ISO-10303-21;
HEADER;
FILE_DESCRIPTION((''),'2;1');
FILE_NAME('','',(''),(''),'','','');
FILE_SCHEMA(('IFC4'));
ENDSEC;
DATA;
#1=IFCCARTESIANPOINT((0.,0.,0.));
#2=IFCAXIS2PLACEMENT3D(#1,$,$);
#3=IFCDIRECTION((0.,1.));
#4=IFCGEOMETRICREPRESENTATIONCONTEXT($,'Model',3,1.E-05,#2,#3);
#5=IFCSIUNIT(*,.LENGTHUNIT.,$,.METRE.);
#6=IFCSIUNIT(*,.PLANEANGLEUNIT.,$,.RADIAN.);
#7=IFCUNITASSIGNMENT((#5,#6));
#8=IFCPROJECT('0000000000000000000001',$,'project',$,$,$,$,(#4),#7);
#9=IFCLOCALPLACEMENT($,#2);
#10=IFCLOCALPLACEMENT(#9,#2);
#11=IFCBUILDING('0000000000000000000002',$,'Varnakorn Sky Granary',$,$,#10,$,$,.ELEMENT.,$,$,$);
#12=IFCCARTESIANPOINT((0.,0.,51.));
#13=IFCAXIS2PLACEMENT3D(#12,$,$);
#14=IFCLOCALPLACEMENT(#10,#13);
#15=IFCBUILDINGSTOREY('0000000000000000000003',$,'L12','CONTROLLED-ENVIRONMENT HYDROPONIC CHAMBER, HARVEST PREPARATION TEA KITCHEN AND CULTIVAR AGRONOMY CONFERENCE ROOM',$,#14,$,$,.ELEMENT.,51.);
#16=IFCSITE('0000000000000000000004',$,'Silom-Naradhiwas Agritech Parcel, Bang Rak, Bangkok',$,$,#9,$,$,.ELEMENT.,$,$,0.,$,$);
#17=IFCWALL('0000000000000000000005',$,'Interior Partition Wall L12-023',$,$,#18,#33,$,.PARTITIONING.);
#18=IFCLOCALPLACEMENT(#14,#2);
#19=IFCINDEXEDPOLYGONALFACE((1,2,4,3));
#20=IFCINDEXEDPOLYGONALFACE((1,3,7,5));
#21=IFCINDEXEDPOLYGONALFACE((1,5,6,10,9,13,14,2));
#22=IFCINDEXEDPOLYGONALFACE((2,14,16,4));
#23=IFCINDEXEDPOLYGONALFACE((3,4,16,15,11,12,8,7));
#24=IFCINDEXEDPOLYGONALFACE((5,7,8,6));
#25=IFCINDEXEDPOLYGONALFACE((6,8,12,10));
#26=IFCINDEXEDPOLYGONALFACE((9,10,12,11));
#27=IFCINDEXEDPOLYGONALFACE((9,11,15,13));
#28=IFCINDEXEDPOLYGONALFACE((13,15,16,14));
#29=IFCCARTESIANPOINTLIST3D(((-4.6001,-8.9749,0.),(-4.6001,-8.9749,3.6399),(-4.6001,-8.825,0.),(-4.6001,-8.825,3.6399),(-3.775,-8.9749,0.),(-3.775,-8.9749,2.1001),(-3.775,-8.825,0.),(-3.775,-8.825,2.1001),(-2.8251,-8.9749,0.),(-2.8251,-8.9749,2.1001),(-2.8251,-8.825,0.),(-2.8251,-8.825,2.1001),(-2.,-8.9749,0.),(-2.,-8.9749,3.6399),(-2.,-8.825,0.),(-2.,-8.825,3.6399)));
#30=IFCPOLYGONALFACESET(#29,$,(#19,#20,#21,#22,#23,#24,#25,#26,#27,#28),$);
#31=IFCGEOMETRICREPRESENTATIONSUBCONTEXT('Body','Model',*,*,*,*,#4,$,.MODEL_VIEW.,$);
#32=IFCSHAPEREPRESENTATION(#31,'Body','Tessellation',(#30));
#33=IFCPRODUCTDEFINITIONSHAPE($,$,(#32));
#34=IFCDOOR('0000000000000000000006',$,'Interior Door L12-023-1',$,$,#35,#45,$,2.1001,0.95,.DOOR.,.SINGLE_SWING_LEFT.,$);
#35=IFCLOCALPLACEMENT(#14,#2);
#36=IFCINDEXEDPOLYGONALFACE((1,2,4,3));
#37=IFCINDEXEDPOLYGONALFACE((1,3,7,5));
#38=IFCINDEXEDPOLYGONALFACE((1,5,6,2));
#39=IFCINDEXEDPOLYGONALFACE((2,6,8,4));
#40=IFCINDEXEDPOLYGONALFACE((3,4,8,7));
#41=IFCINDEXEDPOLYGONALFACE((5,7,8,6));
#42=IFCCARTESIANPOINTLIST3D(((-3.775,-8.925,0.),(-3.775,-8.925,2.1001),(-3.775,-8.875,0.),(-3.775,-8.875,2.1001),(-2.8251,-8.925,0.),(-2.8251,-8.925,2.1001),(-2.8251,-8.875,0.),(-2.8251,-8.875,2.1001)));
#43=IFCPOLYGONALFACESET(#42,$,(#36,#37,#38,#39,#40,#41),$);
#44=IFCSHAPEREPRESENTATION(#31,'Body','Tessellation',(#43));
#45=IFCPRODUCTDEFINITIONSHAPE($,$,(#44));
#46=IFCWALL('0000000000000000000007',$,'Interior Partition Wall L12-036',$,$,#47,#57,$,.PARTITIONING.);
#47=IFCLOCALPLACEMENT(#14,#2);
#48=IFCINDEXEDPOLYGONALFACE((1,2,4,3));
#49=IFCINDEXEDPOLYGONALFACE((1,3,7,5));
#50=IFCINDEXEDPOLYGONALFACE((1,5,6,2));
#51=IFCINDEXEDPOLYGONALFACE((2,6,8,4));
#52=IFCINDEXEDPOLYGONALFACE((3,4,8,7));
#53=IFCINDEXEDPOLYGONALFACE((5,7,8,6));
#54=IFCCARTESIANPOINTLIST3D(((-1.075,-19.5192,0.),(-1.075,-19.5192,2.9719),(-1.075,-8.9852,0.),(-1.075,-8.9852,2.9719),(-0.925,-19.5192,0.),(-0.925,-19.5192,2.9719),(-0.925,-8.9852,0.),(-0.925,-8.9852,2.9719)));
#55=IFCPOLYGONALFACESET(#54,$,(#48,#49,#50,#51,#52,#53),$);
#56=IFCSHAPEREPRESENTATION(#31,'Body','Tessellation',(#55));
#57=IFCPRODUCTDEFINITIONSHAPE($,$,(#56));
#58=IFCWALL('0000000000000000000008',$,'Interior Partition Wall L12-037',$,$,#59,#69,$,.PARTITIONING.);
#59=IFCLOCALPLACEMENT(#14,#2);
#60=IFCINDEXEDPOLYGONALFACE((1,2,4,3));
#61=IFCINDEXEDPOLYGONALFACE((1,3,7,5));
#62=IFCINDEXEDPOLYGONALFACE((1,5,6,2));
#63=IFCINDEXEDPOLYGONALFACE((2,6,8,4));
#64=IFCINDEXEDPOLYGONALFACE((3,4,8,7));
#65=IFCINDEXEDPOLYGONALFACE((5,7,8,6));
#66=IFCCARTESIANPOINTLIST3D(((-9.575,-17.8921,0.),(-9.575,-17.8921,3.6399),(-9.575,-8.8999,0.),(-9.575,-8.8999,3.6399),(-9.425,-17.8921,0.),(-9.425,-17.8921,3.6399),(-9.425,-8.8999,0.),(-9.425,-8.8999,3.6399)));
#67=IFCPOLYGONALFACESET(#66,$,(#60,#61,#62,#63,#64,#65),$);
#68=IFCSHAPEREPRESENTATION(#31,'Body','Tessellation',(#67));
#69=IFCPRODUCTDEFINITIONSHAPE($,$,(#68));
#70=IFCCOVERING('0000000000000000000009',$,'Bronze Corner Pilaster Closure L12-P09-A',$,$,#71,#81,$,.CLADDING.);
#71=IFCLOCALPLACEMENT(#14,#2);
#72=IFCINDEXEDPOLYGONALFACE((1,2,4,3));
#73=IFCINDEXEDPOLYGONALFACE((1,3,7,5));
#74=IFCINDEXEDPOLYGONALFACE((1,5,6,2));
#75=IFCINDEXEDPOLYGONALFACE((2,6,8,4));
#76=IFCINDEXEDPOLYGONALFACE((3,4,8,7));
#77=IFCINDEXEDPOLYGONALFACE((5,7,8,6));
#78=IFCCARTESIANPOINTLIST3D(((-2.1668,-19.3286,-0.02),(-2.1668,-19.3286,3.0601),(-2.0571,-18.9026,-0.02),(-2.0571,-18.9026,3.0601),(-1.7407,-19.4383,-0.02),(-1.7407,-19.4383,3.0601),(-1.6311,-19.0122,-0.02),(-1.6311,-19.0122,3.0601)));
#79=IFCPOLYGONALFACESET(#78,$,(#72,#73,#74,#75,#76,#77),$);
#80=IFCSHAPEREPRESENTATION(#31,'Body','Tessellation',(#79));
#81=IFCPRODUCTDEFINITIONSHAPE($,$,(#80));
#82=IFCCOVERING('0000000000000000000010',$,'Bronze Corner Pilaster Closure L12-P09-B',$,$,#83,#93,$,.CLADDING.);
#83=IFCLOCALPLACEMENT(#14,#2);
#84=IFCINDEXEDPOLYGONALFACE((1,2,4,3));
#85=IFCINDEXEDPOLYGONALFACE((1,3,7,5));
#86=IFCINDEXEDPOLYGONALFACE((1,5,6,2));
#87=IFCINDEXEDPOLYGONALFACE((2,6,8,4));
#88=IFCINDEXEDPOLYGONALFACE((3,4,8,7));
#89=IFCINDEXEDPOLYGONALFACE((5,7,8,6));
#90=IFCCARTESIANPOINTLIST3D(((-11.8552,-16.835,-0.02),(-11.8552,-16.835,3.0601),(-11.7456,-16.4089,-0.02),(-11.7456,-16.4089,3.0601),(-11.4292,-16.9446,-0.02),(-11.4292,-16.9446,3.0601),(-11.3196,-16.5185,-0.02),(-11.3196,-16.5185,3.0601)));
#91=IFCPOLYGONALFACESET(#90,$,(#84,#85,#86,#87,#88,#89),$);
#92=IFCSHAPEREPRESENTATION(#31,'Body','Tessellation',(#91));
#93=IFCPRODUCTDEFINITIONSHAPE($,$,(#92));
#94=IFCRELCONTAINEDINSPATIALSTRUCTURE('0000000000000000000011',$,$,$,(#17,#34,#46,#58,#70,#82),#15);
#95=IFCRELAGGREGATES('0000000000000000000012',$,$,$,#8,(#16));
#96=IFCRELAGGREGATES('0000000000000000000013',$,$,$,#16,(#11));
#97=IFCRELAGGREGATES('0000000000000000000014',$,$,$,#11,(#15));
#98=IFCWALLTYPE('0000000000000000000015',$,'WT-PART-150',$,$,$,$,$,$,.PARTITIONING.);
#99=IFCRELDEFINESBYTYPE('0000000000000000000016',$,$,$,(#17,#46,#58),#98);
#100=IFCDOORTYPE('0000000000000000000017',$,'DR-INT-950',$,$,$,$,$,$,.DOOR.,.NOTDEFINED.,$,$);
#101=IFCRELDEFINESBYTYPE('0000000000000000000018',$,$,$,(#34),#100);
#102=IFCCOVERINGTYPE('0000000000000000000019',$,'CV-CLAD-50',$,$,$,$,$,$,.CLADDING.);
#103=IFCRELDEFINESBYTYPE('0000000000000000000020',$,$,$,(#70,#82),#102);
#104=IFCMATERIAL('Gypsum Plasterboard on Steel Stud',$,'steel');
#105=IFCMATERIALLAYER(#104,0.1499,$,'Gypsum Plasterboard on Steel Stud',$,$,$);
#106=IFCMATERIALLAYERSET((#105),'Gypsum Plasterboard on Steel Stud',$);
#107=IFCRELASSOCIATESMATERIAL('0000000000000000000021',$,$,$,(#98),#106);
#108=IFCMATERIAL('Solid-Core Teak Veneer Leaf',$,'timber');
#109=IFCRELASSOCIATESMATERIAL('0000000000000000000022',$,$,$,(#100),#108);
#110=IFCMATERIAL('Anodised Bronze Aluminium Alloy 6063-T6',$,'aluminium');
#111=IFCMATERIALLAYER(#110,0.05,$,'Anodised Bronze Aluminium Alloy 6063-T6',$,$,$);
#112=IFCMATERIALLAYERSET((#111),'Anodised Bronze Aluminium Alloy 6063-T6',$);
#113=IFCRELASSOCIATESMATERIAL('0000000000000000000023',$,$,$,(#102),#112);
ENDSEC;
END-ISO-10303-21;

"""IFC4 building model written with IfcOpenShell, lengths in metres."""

from ifc_helpers import new_model, si_unit, direction, frame, frame_2d, origin, origin_2d, place, context, subcontext, project, spatial, rectangle, extrude, source, transform, mapped, material, layer, layer_set, type_object, type_shapes, element, fill, save


model = new_model("IFC4")

# Units and contexts
model_context = context("Model", 3, precision=1e-05, world=origin(), true_north=direction((0.0, 1.0)))
body_context = subcontext(model_context, "Body", "Model", "MODEL_VIEW")
ifc_project = project(units=[si_unit("LENGTHUNIT", "METRE"), si_unit("PLANEANGLEUNIT", "RADIAN")], contexts=[model_context])

# Site, building, storey
site_placement = place(None, origin())
site = spatial("IfcSite", under=ifc_project, at=site_placement, Name="Silom-Naradhiwas Agritech Parcel, Bang Rak, Bangkok", CompositionType="ELEMENT", RefElevation=0.0)
building_placement = place(site_placement, origin())
building = spatial("IfcBuilding", under=site, at=building_placement, Name="Varnakorn Sky Granary", CompositionType="ELEMENT")
storey_placement = place(building_placement, frame((0.0, 0.0, 51.0)))
storey = spatial("IfcBuildingStorey", under=building, at=storey_placement, Name="L12", Description="CONTROLLED-ENVIRONMENT HYDROPONIC CHAMBER, HARVEST PREPARATION TEA KITCHEN AND CULTIVAR AGRONOMY CONFERENCE ROOM", CompositionType="ELEMENT", Elevation=51.0)

# Shared definitions
ifc_material_1 = material(Name="Anodised Bronze Aluminium Alloy 6063-T6", Category="aluminium")

# Wall, opening, door
ifc_material_2 = material(Name="Gypsum Plasterboard on Steel Stud", Category="steel")
ifc_layer_1 = layer(ifc_material_2, 0.1499, Name="Gypsum Plasterboard on Steel Stud")
ifc_layer_set_1 = layer_set([ifc_layer_1], Name="Gypsum Plasterboard on Steel Stud")
wall_type_1 = type_object("IfcWallType", Name="WT-PART-150", PredefinedType="PARTITIONING", material=ifc_layer_set_1)
wall_1_placement = place(storey_placement, frame((-4.6001, -8.8999, 0.0), z_axis=(0.0, 0.0, 1.0), x_axis=(1.0, 0.0, 0.0)))
wall_1 = element("IfcWall", 1, at=wall_1_placement, inside=storey, type_object=wall_type_1, Name="Interior Partition Wall L12-023", PredefinedType="PARTITIONING", context=body_context, shape_type="SweptSolid", body=[
    extrude(rectangle(XDim=2.6001, YDim=0.1499, at=frame_2d((1.3, 0.0))), origin(), (0.0, 0.0, 1.0), 3.6399),
])
opening_placement = place(wall_1_placement, frame((0.825, 0.0, 0.0)))
opening = element("IfcOpeningElement", 2, at=opening_placement, cuts=wall_1, PredefinedType="OPENING", context=body_context, shape_type="SweptSolid", body=[
    extrude(rectangle(XDim=0.95, YDim=2.1001, at=frame_2d((0.4751, 1.05))), frame((0.0, 0.085, 0.0), z_axis=(0.0, -1.0, 0.0), x_axis=(1.0, 0.0, 0.0)), (0.0, 0.0, 1.0), 0.1699),
])
ifc_material_3 = material(Name="Solid-Core Teak Veneer Leaf", Category="timber")
door_type = type_object("IfcDoorType", Name="DR-INT-950", OperationType="NOTDEFINED", PredefinedType="DOOR", material=ifc_material_3)
door_placement = place(opening_placement, origin())
door = element("IfcDoor", 3, at=door_placement, inside=storey, type_object=door_type, Name="Interior Door L12-023-1", OperationType="SINGLE_SWING_LEFT", OverallHeight=2.1001, OverallWidth=0.95, PredefinedType="DOOR", context=body_context, shape_type="SweptSolid", body=[
    extrude(rectangle(XDim=0.95, YDim=2.1001, at=frame_2d((0.4751, 1.05))), frame((0.0, 0.0249, 0.0), z_axis=(0.0, -1.0, 0.0), x_axis=(1.0, 0.0, 0.0)), (0.0, 0.0, 1.0), 0.05),
])
fill(opening, door)

# Walls
wall_2_placement = place(storey_placement, frame((-1.0, -8.9851, 0.0), z_axis=(0.0, 0.0, 1.0), x_axis=(0.0, -1.0, 0.0)))
element("IfcWall", 4, at=wall_2_placement, inside=storey, type_object=wall_type_1, Name="Interior Partition Wall L12-036", PredefinedType="PARTITIONING", context=body_context, shape_type="SweptSolid", body=[
    extrude(rectangle(XDim=10.5339, YDim=0.1499, at=frame_2d((5.2671, 0.0))), origin(), (0.0, 0.0, 1.0), 2.9719),
])
wall_3_placement = place(storey_placement, frame((-9.5, -17.8921, 0.0), z_axis=(0.0, 0.0, 1.0), x_axis=(0.0, 1.0, 0.0)))
element("IfcWall", 5, at=wall_3_placement, inside=storey, type_object=wall_type_1, Name="Interior Partition Wall L12-037", PredefinedType="PARTITIONING", context=body_context, shape_type="SweptSolid", body=[
    extrude(rectangle(XDim=8.9922, YDim=0.1499, at=frame_2d((4.4961, 0.0))), origin(), (0.0, 0.0, 1.0), 3.6399),
])

# Coverings
ifc_layer_2 = layer(ifc_material_1, 0.05, Name="Anodised Bronze Aluminium Alloy 6063-T6")
ifc_layer_set_2 = layer_set([ifc_layer_2], Name="Anodised Bronze Aluminium Alloy 6063-T6")
covering_type = type_object("IfcCoveringType", Name="CV-CLAD-50", PredefinedType="CLADDING", material=ifc_layer_set_2)
shared_shape = source(origin(), body_context, "Body", "SweptSolid", [
    extrude(rectangle(XDim=0.4399, YDim=0.4399, at=origin_2d()), origin(), (0.0, 0.0, 1.0), 3.0801),
])
type_shapes(covering_type, [shared_shape])
for number, where, z_axis, x_axis, name in (
    (6, (-1.8989, -19.1704, -0.02), (0.0, 0.0, 1.0), (-0.968453, 0.249197, 0.0), "Bronze Corner Pilaster Closure L12-P09-A"),
    (7, (-11.5874, -16.6768, -0.02), (0.0, 0.0, 1.0), (-0.968453, 0.249197, 0.0), "Bronze Corner Pilaster Closure L12-P09-B"),
):
    element("IfcCovering", number, at=place(storey_placement, frame(where, z_axis=z_axis, x_axis=x_axis)), inside=storey, type_object=covering_type, Name=name, PredefinedType="CLADDING", context=body_context, shape_type="MappedRepresentation", body=[
        mapped(shared_shape, transform((0.0, 0.0, 0.0), x_axis=(1.0, 0.0, 0.0), y_axis=(0.0, 1.0, 0.0), z_axis=(0.0, 0.0, 1.0), scale=1.0)),
    ])

save(model, "model.ifc")
